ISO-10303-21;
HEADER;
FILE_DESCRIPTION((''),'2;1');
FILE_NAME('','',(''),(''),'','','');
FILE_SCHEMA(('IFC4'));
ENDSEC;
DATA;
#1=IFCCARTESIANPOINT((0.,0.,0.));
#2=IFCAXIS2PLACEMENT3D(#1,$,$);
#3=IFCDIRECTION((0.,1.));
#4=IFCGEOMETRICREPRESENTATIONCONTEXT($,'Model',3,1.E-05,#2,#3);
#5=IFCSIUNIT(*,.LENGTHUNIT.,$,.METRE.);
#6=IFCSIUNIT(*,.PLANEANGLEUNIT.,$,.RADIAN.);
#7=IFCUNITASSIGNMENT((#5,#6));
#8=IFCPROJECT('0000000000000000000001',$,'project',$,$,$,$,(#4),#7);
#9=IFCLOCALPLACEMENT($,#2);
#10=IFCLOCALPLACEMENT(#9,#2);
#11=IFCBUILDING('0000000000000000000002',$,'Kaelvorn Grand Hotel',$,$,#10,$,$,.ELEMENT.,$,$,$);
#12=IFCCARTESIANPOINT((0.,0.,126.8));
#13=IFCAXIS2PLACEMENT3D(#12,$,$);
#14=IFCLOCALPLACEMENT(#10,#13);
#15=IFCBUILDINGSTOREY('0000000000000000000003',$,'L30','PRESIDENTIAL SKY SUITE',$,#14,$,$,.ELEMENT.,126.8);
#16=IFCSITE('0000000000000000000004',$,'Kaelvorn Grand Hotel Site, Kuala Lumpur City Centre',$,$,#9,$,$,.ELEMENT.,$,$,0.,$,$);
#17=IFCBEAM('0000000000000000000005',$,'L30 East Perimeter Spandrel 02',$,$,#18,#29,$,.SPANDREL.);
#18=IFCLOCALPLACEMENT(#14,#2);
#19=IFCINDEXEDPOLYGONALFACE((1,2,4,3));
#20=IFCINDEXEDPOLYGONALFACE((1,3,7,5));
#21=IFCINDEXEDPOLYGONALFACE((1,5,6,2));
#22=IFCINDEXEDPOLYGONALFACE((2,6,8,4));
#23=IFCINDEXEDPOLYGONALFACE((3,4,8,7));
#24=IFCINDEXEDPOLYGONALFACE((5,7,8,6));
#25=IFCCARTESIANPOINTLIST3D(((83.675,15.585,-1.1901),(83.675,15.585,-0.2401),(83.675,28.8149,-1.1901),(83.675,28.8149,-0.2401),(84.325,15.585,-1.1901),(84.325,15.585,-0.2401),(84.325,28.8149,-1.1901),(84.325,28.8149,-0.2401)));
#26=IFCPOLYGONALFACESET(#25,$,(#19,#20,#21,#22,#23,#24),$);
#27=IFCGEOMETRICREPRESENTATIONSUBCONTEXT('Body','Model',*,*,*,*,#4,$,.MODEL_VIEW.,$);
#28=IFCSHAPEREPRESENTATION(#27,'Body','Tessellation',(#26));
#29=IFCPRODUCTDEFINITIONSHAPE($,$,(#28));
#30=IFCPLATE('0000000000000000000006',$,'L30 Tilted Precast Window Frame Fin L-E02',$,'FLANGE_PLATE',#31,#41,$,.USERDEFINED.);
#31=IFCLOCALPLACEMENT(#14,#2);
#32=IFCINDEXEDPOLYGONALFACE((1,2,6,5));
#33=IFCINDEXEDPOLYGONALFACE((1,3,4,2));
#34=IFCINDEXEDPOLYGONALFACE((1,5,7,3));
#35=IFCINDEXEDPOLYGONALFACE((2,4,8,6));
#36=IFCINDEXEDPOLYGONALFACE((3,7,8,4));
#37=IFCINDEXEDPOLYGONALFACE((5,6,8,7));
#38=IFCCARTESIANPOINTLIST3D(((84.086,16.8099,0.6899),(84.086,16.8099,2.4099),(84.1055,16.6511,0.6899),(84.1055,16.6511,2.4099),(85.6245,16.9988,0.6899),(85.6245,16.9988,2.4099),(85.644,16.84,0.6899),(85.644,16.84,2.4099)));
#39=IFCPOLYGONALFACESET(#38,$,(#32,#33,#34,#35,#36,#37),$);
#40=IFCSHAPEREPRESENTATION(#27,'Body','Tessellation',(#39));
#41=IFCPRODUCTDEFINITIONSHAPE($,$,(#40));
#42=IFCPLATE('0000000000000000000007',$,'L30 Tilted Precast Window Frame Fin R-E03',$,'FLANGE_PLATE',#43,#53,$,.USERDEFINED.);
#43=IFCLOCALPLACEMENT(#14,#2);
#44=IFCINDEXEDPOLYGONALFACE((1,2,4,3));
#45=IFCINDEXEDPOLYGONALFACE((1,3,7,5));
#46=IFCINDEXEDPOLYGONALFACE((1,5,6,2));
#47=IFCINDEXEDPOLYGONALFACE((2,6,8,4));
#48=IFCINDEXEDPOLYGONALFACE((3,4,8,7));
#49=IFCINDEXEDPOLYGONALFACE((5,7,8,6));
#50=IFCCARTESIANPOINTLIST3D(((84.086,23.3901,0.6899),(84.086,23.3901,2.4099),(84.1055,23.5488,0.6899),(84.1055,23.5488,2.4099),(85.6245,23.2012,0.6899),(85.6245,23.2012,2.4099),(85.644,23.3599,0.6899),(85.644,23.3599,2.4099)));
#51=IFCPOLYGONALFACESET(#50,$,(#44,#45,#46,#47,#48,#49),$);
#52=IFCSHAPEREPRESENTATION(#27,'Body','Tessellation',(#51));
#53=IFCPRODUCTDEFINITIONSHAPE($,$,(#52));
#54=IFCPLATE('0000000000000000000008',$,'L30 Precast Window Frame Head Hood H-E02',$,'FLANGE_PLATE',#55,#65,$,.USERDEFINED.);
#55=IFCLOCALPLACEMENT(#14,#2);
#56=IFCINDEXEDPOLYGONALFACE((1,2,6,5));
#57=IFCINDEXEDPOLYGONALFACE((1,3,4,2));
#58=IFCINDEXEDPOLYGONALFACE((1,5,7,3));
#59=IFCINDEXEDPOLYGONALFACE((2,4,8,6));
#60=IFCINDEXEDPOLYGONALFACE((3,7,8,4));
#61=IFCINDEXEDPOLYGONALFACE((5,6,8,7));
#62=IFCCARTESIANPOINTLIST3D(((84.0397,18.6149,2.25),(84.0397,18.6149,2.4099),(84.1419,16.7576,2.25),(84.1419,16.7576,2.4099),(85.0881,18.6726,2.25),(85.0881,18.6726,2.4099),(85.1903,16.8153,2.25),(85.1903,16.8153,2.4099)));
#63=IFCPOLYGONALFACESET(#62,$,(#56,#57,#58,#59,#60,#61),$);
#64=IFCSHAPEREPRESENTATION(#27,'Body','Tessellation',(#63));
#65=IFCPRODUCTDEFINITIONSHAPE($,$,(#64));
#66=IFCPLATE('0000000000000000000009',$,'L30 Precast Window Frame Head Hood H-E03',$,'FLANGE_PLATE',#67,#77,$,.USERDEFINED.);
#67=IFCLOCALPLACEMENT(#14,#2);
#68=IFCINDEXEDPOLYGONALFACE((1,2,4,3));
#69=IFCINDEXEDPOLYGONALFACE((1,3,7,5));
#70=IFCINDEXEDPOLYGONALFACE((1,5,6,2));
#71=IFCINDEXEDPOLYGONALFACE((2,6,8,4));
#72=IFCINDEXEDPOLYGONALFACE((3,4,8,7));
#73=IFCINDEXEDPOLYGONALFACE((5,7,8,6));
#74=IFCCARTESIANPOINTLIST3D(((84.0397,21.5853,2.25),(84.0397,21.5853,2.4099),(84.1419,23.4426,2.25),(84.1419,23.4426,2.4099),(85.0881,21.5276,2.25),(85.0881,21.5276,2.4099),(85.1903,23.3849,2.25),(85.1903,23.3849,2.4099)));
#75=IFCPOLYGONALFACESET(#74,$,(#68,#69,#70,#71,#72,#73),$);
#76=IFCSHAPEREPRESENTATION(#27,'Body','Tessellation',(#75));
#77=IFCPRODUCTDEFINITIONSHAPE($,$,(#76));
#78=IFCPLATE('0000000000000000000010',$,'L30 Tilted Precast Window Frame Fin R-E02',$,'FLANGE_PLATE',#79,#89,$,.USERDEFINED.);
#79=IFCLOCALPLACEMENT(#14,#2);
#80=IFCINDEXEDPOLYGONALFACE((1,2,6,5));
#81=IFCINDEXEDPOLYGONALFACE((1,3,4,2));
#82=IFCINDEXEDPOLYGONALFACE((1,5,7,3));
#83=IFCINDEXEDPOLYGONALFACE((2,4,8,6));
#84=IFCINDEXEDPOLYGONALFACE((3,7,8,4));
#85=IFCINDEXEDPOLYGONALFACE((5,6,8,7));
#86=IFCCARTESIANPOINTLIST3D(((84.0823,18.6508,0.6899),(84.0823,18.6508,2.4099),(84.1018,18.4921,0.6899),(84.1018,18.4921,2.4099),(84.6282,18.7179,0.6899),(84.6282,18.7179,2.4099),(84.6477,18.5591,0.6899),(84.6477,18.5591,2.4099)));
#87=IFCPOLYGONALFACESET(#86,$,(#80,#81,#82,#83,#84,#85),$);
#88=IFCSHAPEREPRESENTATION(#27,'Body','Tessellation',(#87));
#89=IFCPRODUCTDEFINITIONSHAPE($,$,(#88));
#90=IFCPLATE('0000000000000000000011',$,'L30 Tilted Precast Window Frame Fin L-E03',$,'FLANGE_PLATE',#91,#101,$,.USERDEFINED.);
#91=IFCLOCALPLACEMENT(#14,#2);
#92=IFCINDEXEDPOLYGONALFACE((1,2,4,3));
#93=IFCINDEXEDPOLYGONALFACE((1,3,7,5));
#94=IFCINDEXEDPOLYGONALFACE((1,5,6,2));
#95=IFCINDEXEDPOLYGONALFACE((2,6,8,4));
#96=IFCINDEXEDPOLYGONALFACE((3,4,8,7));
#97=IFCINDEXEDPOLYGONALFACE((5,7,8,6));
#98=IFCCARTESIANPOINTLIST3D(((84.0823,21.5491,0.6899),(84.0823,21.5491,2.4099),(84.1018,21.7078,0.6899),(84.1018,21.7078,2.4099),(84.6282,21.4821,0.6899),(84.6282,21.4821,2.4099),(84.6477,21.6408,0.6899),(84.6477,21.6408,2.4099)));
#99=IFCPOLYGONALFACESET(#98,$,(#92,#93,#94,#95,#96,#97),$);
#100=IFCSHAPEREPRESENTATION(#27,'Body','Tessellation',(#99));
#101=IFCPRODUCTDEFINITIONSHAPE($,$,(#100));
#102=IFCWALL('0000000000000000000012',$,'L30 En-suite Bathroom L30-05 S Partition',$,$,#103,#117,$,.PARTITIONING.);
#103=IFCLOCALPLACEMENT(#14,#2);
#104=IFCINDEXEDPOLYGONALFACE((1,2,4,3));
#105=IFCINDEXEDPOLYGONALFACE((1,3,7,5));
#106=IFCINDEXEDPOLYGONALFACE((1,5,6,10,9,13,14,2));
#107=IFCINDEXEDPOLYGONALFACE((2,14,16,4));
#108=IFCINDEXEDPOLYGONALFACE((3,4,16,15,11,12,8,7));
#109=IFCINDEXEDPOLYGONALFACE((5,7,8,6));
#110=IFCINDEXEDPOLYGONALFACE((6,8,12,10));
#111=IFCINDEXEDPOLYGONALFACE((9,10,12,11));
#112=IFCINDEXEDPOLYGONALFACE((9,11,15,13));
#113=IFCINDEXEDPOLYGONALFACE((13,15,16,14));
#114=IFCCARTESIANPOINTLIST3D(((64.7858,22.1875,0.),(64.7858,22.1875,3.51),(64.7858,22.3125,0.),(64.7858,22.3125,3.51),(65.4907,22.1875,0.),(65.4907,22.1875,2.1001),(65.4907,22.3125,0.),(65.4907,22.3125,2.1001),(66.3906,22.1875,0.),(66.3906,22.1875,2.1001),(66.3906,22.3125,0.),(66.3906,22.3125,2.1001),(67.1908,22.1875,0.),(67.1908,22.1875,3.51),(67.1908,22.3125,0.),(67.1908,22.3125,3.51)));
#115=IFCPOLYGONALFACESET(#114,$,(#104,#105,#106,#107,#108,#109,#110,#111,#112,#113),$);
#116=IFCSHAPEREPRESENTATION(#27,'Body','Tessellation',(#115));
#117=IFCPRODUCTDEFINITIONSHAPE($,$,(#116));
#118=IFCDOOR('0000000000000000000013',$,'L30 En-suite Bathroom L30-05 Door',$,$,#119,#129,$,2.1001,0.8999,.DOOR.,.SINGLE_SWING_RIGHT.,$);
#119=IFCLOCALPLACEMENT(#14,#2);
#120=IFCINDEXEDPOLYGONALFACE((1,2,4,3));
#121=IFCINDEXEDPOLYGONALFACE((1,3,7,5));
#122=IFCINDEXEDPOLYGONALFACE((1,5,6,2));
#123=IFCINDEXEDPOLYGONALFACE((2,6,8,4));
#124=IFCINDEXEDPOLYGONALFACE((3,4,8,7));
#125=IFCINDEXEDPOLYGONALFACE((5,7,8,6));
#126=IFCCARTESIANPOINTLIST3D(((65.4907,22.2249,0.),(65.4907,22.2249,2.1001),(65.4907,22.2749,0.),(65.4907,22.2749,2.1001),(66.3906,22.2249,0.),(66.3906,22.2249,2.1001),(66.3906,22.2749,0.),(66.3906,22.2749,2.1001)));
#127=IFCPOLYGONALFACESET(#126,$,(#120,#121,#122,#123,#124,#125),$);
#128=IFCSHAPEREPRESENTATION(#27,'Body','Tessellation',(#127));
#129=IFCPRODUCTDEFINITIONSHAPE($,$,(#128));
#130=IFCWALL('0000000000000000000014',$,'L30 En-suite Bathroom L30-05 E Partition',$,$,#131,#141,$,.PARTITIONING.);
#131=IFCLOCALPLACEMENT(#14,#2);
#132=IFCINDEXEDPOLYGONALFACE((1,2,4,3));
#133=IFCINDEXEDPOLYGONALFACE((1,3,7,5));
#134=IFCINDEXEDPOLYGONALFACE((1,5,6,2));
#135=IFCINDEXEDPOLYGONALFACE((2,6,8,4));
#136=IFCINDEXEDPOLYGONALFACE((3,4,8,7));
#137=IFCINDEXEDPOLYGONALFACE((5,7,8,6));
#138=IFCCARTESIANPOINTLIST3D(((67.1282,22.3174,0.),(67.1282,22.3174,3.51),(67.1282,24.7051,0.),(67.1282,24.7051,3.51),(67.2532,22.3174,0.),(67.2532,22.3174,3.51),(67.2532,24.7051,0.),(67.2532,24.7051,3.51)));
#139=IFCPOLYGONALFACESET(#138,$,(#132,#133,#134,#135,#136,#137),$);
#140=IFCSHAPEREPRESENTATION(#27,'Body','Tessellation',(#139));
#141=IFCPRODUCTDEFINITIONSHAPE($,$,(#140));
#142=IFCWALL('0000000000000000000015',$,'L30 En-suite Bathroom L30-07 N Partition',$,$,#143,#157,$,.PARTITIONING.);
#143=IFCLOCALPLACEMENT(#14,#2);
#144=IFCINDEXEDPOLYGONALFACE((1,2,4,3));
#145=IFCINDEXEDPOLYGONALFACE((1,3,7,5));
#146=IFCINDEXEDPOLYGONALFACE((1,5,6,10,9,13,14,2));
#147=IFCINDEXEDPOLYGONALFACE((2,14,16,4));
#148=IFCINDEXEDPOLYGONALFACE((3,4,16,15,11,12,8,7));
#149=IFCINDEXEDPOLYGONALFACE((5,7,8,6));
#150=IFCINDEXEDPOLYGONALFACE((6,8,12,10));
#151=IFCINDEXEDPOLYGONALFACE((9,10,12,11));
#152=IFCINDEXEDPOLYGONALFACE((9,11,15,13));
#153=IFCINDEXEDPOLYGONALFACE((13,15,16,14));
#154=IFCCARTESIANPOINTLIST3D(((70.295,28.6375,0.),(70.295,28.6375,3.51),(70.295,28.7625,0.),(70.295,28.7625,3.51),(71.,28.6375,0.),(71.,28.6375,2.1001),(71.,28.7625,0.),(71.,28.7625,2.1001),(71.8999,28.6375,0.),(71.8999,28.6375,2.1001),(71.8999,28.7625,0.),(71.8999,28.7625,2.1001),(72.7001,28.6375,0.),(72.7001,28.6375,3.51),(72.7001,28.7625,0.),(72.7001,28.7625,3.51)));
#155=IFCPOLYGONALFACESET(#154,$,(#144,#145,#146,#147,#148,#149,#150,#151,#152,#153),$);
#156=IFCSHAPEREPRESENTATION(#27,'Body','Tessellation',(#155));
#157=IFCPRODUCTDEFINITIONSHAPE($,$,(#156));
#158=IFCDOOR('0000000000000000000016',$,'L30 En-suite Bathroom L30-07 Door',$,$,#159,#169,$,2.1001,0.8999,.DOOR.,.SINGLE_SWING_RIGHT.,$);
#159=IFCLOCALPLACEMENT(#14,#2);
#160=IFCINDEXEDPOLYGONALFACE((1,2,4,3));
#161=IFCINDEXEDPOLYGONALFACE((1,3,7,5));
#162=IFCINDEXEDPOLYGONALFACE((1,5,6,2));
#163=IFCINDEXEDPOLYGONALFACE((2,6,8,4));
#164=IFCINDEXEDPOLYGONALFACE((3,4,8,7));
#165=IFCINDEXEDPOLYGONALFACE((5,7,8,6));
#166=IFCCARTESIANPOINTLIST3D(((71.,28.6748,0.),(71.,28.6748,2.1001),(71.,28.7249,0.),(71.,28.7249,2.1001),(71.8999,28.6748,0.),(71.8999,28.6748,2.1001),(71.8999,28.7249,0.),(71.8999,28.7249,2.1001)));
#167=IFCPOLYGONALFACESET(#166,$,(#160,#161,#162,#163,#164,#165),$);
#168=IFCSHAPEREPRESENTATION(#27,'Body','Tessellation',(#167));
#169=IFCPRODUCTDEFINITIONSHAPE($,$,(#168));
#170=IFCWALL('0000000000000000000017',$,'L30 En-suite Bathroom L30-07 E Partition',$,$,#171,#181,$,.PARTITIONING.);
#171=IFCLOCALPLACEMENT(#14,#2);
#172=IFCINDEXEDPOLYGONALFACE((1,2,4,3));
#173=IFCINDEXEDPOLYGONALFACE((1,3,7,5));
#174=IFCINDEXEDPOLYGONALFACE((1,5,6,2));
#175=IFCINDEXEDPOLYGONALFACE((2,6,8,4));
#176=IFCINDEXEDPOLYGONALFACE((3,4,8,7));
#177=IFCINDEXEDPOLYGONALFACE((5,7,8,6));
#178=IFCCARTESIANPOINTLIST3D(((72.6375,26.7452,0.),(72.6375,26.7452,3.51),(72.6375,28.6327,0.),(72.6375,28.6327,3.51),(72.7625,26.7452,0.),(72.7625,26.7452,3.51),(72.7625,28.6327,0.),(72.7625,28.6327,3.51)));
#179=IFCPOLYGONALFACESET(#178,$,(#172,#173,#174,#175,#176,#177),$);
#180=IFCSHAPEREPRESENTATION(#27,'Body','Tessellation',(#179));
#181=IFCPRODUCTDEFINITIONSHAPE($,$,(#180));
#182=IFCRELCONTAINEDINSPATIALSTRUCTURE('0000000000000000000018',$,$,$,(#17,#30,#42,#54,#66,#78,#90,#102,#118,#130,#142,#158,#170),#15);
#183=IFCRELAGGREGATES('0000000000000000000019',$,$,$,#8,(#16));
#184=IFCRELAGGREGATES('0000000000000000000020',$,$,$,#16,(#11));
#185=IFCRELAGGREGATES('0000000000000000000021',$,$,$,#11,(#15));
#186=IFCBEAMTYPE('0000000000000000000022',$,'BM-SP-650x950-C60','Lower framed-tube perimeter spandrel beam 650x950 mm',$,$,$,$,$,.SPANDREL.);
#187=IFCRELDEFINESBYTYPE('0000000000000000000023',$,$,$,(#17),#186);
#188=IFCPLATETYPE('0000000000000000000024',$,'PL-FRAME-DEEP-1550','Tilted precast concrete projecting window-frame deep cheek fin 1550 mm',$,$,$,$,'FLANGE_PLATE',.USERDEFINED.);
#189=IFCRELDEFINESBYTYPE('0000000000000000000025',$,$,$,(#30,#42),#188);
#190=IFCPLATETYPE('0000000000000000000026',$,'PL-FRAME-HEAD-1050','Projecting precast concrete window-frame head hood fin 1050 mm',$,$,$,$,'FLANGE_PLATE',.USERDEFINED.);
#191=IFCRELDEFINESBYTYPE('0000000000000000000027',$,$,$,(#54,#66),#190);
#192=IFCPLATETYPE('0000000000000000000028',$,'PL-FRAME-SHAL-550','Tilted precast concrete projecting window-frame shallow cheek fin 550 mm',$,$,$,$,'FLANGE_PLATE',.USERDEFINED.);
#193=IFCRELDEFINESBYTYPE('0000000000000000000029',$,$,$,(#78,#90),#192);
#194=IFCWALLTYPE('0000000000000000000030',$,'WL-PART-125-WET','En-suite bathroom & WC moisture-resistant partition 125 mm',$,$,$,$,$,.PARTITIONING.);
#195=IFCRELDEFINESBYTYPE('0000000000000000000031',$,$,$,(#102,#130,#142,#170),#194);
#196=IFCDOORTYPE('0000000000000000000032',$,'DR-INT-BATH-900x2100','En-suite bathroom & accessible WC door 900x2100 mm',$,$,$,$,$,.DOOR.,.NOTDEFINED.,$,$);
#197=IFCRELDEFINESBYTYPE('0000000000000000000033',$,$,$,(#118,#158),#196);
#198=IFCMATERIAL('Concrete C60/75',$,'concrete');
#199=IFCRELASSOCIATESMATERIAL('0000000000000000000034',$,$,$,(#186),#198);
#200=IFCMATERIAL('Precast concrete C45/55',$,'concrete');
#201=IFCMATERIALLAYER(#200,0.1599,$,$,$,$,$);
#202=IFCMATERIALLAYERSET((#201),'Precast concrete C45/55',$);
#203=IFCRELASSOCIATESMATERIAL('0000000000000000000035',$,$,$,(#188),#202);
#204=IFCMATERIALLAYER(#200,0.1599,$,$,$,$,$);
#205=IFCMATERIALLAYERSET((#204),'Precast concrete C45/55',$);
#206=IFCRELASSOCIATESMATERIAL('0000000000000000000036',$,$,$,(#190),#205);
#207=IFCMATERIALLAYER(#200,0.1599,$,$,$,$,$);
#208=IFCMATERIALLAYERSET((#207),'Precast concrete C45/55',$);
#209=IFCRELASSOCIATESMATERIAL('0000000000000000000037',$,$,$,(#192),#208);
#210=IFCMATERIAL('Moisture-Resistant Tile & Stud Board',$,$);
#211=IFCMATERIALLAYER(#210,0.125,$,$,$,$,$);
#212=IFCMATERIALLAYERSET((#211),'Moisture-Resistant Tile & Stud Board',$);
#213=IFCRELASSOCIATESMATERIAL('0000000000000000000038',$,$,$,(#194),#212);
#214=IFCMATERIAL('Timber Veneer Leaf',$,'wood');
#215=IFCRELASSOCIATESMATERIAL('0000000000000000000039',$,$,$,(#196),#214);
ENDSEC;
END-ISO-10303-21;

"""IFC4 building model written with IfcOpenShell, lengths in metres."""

from ifc_helpers import new_model, si_unit, direction, frame, frame_2d, origin, origin_2d, place, context, subcontext, project, spatial, rectangle, extrude, material, layer, layer_set, material_profile, profile_set, type_object, element, fill, save


model = new_model("IFC4")

# Units and contexts
model_context = context("Model", 3, precision=1e-05, world=origin(), true_north=direction((0.0, 1.0)))
body_context = subcontext(model_context, "Body", "Model", "MODEL_VIEW")
ifc_project = project(units=[si_unit("LENGTHUNIT", "METRE"), si_unit("PLANEANGLEUNIT", "RADIAN")], contexts=[model_context])

# Site, building, storey
site_placement = place(None, origin())
site = spatial("IfcSite", under=ifc_project, at=site_placement, Name="Kaelvorn Grand Hotel Site, Kuala Lumpur City Centre", CompositionType="ELEMENT", RefElevation=0.0)
building_placement = place(site_placement, origin())
building = spatial("IfcBuilding", under=site, at=building_placement, Name="Kaelvorn Grand Hotel", CompositionType="ELEMENT")
storey_placement = place(building_placement, frame((0.0, 0.0, 126.8)))
storey = spatial("IfcBuildingStorey", under=building, at=storey_placement, Name="L30", Description="PRESIDENTIAL SKY SUITE", CompositionType="ELEMENT", Elevation=126.8)

# Shared definitions
ifc_material_1 = material(Name="Concrete C60/75", Category="concrete")

# Beam
ifc_material_profile_1 = material_profile(ifc_material_1, rectangle(XDim=0.6499, YDim=0.95, at=origin_2d()), Name="RC SPANDREL 650x950")
ifc_profile_set_1 = profile_set([ifc_material_profile_1], Name="Concrete C60/75")
beam_type_1 = type_object("IfcBeamType", Name="BM-SP-650x950-C60", Description="Lower framed-tube perimeter spandrel beam 650x950 mm", PredefinedType="SPANDREL", material=ifc_profile_set_1)
beam_1_placement = place(storey_placement, frame((84.0, 15.585, -0.7151), z_axis=(0.0, 1.0, 0.0), x_axis=(-1.0, 0.0, 0.0)))
element("IfcBeam", 1, at=beam_1_placement, inside=storey, type_object=beam_type_1, Name="L30 East Perimeter Spandrel 02", PredefinedType="SPANDREL", context=body_context, shape_type="SweptSolid", body=[
    extrude(rectangle(XDim=0.6499, YDim=0.95, at=origin_2d()), origin(), (0.0, 0.0, 1.0), 13.23),
])

# Plates
ifc_material_2 = material(Name="Precast concrete C45/55", Category="concrete")
ifc_layer_1 = layer(ifc_material_2, 0.1599)
ifc_layer_set_1 = layer_set([ifc_layer_1], Name="Precast concrete C45/55")
plate_type_1 = type_object("IfcPlateType", Name="PL-FRAME-DEEP-1550", Description="Tilted precast concrete projecting window-frame deep cheek fin 1550 mm", ElementType="FLANGE_PLATE", PredefinedType="USERDEFINED", material=ifc_layer_set_1)
for number, where, z_axis, x_axis, name in (
    (2, (84.865, 16.825, 0.6899), (0.0, 0.0, 1.0), (-0.121869, 0.992546, 0.0), "L30 Tilted Precast Window Frame Fin L-E02"),
    (3, (84.865, 23.375, 0.6899), (0.0, 0.0, 1.0), (0.121869, 0.992546, 0.0), "L30 Tilted Precast Window Frame Fin R-E03"),
):
    element("IfcPlate", number, at=place(storey_placement, frame(where, z_axis=z_axis, x_axis=x_axis)), inside=storey, type_object=plate_type_1, Name=name, ObjectType="FLANGE_PLATE", PredefinedType="USERDEFINED", context=body_context, shape_type="SweptSolid", body=[
        extrude(rectangle(XDim=0.1599, YDim=1.55, at=origin_2d()), origin(), (0.0, 0.0, 1.0), 1.72),
    ])
ifc_layer_2 = layer(ifc_material_2, 0.1599)
ifc_layer_set_2 = layer_set([ifc_layer_2], Name="Precast concrete C45/55")
plate_type_2 = type_object("IfcPlateType", Name="PL-FRAME-HEAD-1050", Description="Projecting precast concrete window-frame head hood fin 1050 mm", ElementType="FLANGE_PLATE", PredefinedType="USERDEFINED", material=ifc_layer_set_2)
for number, where, z_axis, x_axis, name in (
    (4, (84.615, 17.7151, 2.25), (0.0, 0.0, 1.0), (-0.05495, 0.998489, 0.0), "L30 Precast Window Frame Head Hood H-E02"),
    (5, (84.615, 22.4851, 2.25), (0.0, 0.0, 1.0), (0.05495, 0.998489, 0.0), "L30 Precast Window Frame Head Hood H-E03"),
):
    element("IfcPlate", number, at=place(storey_placement, frame(where, z_axis=z_axis, x_axis=x_axis)), inside=storey, type_object=plate_type_2, Name=name, ObjectType="FLANGE_PLATE", PredefinedType="USERDEFINED", context=body_context, shape_type="SweptSolid", body=[
        extrude(rectangle(XDim=1.8601, YDim=1.05, at=origin_2d()), origin(), (0.0, 0.0, 1.0), 0.1599),
    ])
ifc_layer_3 = layer(ifc_material_2, 0.1599)
ifc_layer_set_3 = layer_set([ifc_layer_3], Name="Precast concrete C45/55")
plate_type_3 = type_object("IfcPlateType", Name="PL-FRAME-SHAL-550", Description="Tilted precast concrete projecting window-frame shallow cheek fin 550 mm", ElementType="FLANGE_PLATE", PredefinedType="USERDEFINED", material=ifc_layer_set_3)
for number, where, z_axis, x_axis, name in (
    (6, (84.365, 18.605, 0.6899), (0.0, 0.0, 1.0), (-0.121869, 0.992546, 0.0), "L30 Tilted Precast Window Frame Fin R-E02"),
    (7, (84.365, 21.595, 0.6899), (0.0, 0.0, 1.0), (0.121869, 0.992546, 0.0), "L30 Tilted Precast Window Frame Fin L-E03"),
):
    element("IfcPlate", number, at=place(storey_placement, frame(where, z_axis=z_axis, x_axis=x_axis)), inside=storey, type_object=plate_type_3, Name=name, ObjectType="FLANGE_PLATE", PredefinedType="USERDEFINED", context=body_context, shape_type="SweptSolid", body=[
        extrude(rectangle(XDim=0.1599, YDim=0.55, at=origin_2d()), origin(), (0.0, 0.0, 1.0), 1.72),
    ])

# Wall, opening, door
ifc_material_3 = material(Name="Moisture-Resistant Tile & Stud Board")
ifc_layer_4 = layer(ifc_material_3, 0.125)
ifc_layer_set_4 = layer_set([ifc_layer_4], Name="Moisture-Resistant Tile & Stud Board")
wall_type_1 = type_object("IfcWallType", Name="WL-PART-125-WET", Description="En-suite bathroom & WC moisture-resistant partition 125 mm", PredefinedType="PARTITIONING", material=ifc_layer_set_4)
wall_1_placement = place(storey_placement, frame((64.7856, 22.25, 0.0), z_axis=(0.0, 0.0, 1.0), x_axis=(1.0, 0.0, 0.0)))
wall_1 = element("IfcWall", 8, at=wall_1_placement, inside=storey, type_object=wall_type_1, Name="L30 En-suite Bathroom L30-05 S Partition", PredefinedType="PARTITIONING", context=body_context, shape_type="SweptSolid", body=[
    extrude(rectangle(XDim=2.405, YDim=0.125, at=frame_2d((1.2026, 0.0))), origin(), (0.0, 0.0, 1.0), 3.51),
])
opening_1_placement = place(wall_1_placement, frame((0.7051, 0.0, 0.0)))
opening_1 = element("IfcOpeningElement", 9, at=opening_1_placement, cuts=wall_1, PredefinedType="OPENING", context=body_context, shape_type="SweptSolid", body=[
    extrude(rectangle(XDim=0.8999, YDim=2.1001, at=frame_2d((0.45, 1.05))), frame((0.0, 0.0725, 0.0), z_axis=(0.0, -1.0, 0.0), x_axis=(1.0, 0.0, 0.0)), (0.0, 0.0, 1.0), 0.145),
])
ifc_material_4 = material(Name="Timber Veneer Leaf", Category="wood")
door_type_1 = type_object("IfcDoorType", Name="DR-INT-BATH-900x2100", Description="En-suite bathroom & accessible WC door 900x2100 mm", OperationType="NOTDEFINED", PredefinedType="DOOR", material=ifc_material_4)
door_1_placement = place(opening_1_placement, origin())
door_1 = element("IfcDoor", 10, at=door_1_placement, inside=storey, type_object=door_type_1, Name="L30 En-suite Bathroom L30-05 Door", OperationType="SINGLE_SWING_RIGHT", OverallHeight=2.1001, OverallWidth=0.8999, PredefinedType="DOOR", context=body_context, shape_type="SweptSolid", body=[
    extrude(rectangle(XDim=0.8999, YDim=2.1001, at=frame_2d((0.45, 1.05))), frame((0.0, 0.0249, 0.0), z_axis=(0.0, -1.0, 0.0), x_axis=(1.0, 0.0, 0.0)), (0.0, 0.0, 1.0), 0.05),
])
fill(opening_1, door_1)

# Wall
wall_2_placement = place(storey_placement, frame((67.1907, 22.3174, 0.0), z_axis=(0.0, 0.0, 1.0), x_axis=(0.0, 1.0, 0.0)))
element("IfcWall", 11, at=wall_2_placement, inside=storey, type_object=wall_type_1, Name="L30 En-suite Bathroom L30-05 E Partition", PredefinedType="PARTITIONING", context=body_context, shape_type="SweptSolid", body=[
    extrude(rectangle(XDim=2.3877, YDim=0.125, at=frame_2d((1.1938, 0.0))), origin(), (0.0, 0.0, 1.0), 3.51),
])

# Wall, opening, door
wall_3_placement = place(storey_placement, frame((70.2949, 28.7, 0.0), z_axis=(0.0, 0.0, 1.0), x_axis=(1.0, 0.0, 0.0)))
wall_3 = element("IfcWall", 12, at=wall_3_placement, inside=storey, type_object=wall_type_1, Name="L30 En-suite Bathroom L30-07 N Partition", PredefinedType="PARTITIONING", context=body_context, shape_type="SweptSolid", body=[
    extrude(rectangle(XDim=2.405, YDim=0.125, at=frame_2d((1.2026, 0.0))), origin(), (0.0, 0.0, 1.0), 3.51),
])
opening_2_placement = place(wall_3_placement, frame((0.7051, 0.0, 0.0)))
opening_2 = element("IfcOpeningElement", 13, at=opening_2_placement, cuts=wall_3, PredefinedType="OPENING", context=body_context, shape_type="SweptSolid", body=[
    extrude(rectangle(XDim=0.8999, YDim=2.1001, at=frame_2d((0.45, 1.05))), frame((0.0, 0.0725, 0.0), z_axis=(0.0, -1.0, 0.0), x_axis=(1.0, 0.0, 0.0)), (0.0, 0.0, 1.0), 0.145),
])
door_2_placement = place(opening_2_placement, origin())
door_2 = element("IfcDoor", 14, at=door_2_placement, inside=storey, type_object=door_type_1, Name="L30 En-suite Bathroom L30-07 Door", OperationType="SINGLE_SWING_RIGHT", OverallHeight=2.1001, OverallWidth=0.8999, PredefinedType="DOOR", context=body_context, shape_type="SweptSolid", body=[
    extrude(rectangle(XDim=0.8999, YDim=2.1001, at=frame_2d((0.45, 1.05))), frame((0.0, 0.0249, 0.0), z_axis=(0.0, -1.0, 0.0), x_axis=(1.0, 0.0, 0.0)), (0.0, 0.0, 1.0), 0.05),
])
fill(opening_2, door_2)

# Wall
wall_4_placement = place(storey_placement, frame((72.7, 26.7451, 0.0), z_axis=(0.0, 0.0, 1.0), x_axis=(0.0, 1.0, 0.0)))
element("IfcWall", 15, at=wall_4_placement, inside=storey, type_object=wall_type_1, Name="L30 En-suite Bathroom L30-07 E Partition", PredefinedType="PARTITIONING", context=body_context, shape_type="SweptSolid", body=[
    extrude(rectangle(XDim=1.8875, YDim=0.125, at=frame_2d((0.9438, 0.0))), origin(), (0.0, 0.0, 1.0), 3.51),
])

save(model, "model.ifc")
